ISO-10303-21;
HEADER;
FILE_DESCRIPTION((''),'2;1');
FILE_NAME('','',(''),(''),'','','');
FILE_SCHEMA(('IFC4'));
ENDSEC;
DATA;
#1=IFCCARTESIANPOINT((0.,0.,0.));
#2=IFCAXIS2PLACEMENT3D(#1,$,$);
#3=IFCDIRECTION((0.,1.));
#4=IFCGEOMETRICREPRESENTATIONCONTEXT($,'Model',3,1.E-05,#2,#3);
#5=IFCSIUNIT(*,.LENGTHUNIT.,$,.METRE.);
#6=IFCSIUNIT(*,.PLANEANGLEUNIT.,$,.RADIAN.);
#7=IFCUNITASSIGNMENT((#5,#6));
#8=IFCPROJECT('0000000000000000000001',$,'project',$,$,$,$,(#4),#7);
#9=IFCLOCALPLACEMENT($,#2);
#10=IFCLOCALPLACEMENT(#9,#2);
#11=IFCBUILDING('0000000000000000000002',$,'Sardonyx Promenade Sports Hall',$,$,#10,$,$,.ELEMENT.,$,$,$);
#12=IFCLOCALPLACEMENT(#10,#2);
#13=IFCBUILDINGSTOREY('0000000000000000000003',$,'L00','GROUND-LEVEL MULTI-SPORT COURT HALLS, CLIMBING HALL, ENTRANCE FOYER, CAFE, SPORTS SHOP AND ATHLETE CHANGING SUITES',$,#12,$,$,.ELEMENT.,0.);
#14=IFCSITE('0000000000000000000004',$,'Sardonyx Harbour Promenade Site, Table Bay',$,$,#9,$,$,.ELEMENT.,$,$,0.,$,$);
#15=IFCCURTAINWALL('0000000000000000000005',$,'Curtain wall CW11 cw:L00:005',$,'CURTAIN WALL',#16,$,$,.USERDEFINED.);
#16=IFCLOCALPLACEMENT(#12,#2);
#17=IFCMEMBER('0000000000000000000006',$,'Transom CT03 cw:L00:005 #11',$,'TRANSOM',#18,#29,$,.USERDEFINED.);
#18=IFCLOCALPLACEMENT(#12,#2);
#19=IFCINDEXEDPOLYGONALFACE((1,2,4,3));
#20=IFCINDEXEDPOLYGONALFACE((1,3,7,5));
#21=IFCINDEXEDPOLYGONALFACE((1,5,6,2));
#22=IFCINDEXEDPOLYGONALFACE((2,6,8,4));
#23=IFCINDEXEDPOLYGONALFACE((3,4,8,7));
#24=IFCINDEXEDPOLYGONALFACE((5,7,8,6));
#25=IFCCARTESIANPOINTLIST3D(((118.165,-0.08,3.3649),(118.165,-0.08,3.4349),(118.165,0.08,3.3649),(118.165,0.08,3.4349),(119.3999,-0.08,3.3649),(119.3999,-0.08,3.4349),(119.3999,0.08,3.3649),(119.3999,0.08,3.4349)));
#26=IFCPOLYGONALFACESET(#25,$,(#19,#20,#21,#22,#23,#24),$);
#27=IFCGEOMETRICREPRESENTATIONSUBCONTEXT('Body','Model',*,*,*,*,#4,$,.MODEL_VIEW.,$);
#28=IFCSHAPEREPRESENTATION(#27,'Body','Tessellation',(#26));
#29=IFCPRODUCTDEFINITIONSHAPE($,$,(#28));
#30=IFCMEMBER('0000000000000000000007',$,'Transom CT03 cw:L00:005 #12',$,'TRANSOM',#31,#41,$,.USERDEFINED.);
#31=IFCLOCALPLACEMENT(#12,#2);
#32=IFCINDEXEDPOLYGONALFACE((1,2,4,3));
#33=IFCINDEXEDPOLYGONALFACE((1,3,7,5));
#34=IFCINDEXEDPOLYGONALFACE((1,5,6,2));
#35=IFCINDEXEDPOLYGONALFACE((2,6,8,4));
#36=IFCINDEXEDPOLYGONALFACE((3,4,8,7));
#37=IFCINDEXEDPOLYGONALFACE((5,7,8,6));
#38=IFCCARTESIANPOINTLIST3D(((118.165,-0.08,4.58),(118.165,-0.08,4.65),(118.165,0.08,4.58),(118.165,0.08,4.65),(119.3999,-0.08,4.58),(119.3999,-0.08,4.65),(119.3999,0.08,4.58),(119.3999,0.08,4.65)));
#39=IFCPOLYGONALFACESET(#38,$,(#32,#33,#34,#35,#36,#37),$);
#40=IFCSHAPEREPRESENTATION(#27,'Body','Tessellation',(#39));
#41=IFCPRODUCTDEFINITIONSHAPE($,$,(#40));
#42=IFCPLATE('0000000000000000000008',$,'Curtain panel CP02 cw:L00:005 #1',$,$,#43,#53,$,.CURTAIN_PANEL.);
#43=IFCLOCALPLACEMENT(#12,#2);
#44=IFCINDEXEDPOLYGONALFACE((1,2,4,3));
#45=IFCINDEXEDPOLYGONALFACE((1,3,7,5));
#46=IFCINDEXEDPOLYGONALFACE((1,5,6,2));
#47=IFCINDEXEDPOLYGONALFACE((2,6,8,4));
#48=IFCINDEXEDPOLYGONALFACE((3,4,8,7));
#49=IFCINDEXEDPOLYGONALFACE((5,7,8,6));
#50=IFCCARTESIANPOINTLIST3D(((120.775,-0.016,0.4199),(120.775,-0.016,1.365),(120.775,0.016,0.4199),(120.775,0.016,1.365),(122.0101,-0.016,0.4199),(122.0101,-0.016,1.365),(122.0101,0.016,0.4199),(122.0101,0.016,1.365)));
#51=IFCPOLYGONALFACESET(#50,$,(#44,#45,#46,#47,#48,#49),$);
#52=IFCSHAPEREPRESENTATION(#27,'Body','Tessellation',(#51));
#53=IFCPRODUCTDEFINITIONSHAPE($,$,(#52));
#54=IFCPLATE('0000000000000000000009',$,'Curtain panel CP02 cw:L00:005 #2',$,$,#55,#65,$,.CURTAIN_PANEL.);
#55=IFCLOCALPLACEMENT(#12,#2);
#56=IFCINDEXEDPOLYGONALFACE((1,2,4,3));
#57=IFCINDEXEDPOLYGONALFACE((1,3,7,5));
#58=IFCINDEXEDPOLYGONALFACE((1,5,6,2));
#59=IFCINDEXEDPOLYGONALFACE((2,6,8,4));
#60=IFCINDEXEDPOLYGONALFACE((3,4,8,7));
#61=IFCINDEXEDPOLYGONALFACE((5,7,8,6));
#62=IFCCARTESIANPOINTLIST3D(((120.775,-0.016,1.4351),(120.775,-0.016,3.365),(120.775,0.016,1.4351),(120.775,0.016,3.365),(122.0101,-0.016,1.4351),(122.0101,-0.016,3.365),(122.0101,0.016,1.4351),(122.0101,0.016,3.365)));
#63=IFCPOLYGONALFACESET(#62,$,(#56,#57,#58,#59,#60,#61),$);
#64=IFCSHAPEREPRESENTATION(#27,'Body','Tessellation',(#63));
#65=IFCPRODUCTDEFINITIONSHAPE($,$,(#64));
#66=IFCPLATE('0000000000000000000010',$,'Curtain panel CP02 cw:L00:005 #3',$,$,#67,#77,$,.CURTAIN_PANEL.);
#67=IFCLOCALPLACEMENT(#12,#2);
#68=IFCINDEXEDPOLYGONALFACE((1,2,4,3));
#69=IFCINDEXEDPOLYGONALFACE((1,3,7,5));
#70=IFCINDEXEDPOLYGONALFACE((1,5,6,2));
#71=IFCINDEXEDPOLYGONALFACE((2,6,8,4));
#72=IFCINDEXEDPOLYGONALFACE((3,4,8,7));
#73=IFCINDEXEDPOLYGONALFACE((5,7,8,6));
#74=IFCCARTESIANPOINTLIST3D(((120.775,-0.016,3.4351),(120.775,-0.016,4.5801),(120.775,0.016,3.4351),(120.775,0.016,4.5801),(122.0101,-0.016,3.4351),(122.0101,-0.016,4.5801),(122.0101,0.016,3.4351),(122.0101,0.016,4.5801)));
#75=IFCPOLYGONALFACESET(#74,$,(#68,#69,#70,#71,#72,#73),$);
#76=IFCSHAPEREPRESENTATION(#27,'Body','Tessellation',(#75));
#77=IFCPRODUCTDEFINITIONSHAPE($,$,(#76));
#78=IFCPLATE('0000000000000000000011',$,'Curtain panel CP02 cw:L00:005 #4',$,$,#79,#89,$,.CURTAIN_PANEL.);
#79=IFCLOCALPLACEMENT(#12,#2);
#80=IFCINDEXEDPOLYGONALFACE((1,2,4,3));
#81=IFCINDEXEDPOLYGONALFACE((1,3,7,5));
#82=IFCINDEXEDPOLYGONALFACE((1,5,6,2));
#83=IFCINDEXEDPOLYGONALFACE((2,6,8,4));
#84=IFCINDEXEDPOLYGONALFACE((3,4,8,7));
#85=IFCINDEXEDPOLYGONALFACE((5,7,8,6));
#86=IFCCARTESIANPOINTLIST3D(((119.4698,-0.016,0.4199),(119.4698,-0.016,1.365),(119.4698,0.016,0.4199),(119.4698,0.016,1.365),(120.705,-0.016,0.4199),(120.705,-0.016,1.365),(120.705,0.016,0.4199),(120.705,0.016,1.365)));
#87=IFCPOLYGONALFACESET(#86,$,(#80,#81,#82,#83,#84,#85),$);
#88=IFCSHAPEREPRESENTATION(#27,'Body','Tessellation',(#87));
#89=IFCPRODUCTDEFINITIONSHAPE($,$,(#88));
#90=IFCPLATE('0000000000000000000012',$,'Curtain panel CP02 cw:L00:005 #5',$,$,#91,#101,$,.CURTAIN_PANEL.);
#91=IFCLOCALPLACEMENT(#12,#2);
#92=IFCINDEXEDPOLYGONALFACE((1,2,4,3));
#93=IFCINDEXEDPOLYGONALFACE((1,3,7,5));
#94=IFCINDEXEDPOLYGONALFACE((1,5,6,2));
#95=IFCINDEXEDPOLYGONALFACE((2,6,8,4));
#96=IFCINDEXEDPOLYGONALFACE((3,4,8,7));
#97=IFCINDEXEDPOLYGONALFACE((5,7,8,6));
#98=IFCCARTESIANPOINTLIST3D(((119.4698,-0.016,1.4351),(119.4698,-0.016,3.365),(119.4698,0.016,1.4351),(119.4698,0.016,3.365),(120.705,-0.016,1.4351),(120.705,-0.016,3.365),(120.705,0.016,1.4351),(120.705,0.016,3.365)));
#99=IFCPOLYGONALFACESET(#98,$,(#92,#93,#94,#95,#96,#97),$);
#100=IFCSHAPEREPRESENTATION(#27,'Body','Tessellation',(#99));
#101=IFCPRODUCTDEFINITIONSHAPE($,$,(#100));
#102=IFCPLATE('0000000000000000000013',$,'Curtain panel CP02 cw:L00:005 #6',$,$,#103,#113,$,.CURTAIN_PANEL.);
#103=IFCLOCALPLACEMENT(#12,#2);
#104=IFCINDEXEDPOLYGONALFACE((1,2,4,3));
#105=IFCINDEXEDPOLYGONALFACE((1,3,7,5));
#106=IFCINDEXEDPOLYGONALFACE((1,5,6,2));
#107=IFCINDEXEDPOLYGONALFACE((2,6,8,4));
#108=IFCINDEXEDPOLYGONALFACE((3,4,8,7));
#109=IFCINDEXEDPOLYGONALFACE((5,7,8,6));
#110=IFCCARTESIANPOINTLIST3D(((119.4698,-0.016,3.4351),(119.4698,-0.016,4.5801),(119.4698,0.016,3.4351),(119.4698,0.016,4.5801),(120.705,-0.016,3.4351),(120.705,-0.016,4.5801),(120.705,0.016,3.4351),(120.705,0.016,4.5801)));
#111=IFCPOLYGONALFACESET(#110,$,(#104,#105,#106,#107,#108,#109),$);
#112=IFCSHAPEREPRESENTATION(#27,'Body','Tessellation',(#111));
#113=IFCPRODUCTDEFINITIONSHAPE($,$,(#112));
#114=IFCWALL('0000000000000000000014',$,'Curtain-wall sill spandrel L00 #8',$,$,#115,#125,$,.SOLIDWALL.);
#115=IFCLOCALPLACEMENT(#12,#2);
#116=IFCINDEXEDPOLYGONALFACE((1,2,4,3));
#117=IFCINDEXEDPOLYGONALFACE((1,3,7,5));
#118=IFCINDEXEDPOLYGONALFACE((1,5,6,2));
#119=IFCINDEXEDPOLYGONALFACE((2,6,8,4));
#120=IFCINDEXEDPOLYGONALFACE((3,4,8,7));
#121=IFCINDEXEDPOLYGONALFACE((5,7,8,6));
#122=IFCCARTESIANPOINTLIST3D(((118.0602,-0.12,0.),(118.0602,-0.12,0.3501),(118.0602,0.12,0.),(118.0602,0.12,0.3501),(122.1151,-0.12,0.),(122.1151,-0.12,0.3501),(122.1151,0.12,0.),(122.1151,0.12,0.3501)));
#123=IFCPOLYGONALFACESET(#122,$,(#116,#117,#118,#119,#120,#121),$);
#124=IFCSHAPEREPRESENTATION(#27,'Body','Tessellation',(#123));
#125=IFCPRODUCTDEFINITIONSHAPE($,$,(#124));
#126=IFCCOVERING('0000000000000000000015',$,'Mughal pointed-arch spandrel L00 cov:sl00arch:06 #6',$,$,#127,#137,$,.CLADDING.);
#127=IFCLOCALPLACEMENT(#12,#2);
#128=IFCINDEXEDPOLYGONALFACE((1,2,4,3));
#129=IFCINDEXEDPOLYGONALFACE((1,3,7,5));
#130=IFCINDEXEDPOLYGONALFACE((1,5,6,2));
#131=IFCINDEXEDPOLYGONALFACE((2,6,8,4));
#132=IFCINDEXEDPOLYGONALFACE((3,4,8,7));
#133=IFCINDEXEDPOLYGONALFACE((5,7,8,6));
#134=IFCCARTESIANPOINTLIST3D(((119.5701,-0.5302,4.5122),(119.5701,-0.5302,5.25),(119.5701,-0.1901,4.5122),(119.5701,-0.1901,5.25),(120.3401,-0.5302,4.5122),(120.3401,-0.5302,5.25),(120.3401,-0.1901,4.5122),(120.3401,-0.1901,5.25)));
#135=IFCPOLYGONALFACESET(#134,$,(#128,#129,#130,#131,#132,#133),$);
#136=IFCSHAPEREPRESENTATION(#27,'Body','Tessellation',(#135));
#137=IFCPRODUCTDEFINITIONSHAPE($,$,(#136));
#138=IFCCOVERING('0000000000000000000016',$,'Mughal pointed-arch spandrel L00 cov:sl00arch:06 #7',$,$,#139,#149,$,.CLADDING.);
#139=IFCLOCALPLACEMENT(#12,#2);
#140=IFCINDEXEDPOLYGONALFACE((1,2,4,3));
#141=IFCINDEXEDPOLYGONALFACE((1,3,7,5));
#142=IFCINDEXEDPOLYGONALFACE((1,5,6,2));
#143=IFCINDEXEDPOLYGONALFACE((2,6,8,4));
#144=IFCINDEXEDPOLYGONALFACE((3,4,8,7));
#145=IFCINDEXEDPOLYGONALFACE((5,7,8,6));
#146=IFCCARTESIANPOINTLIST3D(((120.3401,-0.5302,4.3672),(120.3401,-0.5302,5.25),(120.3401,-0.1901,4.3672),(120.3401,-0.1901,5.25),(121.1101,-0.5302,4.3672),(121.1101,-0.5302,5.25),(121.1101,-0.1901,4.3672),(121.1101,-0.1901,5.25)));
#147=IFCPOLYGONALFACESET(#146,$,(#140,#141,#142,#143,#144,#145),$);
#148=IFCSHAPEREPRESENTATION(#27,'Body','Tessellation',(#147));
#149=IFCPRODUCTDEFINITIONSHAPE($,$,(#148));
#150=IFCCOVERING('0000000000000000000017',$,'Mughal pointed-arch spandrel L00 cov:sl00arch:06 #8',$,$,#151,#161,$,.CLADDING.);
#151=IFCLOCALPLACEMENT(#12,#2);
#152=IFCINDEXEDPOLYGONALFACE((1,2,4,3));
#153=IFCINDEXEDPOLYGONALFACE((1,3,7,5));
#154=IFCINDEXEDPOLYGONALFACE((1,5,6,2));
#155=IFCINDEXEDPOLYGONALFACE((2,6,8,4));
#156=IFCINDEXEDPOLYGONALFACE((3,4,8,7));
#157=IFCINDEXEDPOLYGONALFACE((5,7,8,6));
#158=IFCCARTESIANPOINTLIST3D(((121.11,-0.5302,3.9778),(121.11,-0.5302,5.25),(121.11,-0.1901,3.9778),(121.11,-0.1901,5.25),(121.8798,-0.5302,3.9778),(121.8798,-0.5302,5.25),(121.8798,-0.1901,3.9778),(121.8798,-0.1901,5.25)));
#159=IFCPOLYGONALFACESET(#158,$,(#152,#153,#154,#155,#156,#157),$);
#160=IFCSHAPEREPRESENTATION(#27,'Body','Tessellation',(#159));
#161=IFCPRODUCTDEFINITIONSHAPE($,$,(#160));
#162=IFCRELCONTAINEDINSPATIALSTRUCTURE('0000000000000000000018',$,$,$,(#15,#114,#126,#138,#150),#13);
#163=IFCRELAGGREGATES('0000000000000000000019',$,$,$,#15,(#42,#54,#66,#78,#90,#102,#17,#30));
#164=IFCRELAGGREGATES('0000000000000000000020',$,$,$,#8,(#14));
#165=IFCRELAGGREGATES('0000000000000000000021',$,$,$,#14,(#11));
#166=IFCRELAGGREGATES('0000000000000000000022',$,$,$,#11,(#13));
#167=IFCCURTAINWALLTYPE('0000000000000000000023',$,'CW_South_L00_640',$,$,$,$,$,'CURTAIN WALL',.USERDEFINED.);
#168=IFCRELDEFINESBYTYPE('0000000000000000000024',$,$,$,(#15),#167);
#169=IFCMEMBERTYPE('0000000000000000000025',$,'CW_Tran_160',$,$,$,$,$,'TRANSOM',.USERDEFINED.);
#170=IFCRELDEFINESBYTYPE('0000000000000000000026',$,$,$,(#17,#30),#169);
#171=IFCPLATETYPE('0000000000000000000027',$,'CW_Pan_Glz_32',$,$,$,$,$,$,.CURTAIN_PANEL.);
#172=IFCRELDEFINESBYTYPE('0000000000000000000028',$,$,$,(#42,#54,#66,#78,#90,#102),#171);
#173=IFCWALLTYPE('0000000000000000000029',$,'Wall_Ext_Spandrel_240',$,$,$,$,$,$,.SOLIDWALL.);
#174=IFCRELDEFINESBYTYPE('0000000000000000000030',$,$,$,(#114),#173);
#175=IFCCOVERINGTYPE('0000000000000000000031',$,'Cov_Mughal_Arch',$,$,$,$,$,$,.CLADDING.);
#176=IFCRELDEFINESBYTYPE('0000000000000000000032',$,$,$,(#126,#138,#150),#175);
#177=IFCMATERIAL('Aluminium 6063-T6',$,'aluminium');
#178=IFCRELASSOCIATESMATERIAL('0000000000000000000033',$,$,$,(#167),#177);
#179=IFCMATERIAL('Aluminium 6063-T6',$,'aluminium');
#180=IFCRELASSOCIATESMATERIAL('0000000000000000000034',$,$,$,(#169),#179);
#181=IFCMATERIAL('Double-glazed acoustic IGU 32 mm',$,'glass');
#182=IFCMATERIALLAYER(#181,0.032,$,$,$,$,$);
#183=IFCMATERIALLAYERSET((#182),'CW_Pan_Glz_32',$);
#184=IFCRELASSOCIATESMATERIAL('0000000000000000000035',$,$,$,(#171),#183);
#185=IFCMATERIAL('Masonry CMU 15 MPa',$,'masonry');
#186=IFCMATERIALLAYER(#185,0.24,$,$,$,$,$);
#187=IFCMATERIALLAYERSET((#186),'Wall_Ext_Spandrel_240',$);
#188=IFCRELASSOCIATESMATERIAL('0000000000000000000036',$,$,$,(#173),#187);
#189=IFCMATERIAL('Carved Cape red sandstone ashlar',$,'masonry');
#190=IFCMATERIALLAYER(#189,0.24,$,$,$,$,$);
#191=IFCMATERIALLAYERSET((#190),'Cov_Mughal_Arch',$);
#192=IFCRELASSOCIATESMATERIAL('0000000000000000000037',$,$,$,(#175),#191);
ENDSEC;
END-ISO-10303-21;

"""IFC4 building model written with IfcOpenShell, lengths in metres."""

from ifc_helpers import new_model, si_unit, direction, frame, frame_2d, origin, origin_2d, place, context, subcontext, project, spatial, rectangle, extrude, material, layer, layer_set, material_profile, profile_set, type_object, element, aggregate, save


model = new_model("IFC4")

# Units and contexts
model_context = context("Model", 3, precision=1e-05, world=origin(), true_north=direction((0.0, 1.0)))
body_context = subcontext(model_context, "Body", "Model", "MODEL_VIEW")
ifc_project = project(units=[si_unit("LENGTHUNIT", "METRE"), si_unit("PLANEANGLEUNIT", "RADIAN")], contexts=[model_context])

# Site, building, storey
site_placement = place(None, origin())
site = spatial("IfcSite", under=ifc_project, at=site_placement, Name="Sardonyx Harbour Promenade Site, Table Bay", CompositionType="ELEMENT", RefElevation=0.0)
building_placement = place(site_placement, origin())
building = spatial("IfcBuilding", under=site, at=building_placement, Name="Sardonyx Promenade Sports Hall", CompositionType="ELEMENT")
storey_placement = place(building_placement, origin())
storey = spatial("IfcBuildingStorey", under=building, at=storey_placement, Name="L00", Description="GROUND-LEVEL MULTI-SPORT COURT HALLS, CLIMBING HALL, ENTRANCE FOYER, CAFE, SPORTS SHOP AND ATHLETE CHANGING SUITES", CompositionType="ELEMENT", Elevation=0.0)

# Curtain wall, members, plates
ifc_material_1 = material(Name="Aluminium 6063-T6", Category="aluminium")
curtain_wall_type = type_object("IfcCurtainWallType", Name="CW_South_L00_640", ElementType="CURTAIN WALL", PredefinedType="USERDEFINED", material=ifc_material_1)
curtain_wall_placement = place(storey_placement, origin())
curtain_wall = element("IfcCurtainWall", 1, at=curtain_wall_placement, inside=storey, type_object=curtain_wall_type, Name="Curtain wall CW11 cw:L00:005", ObjectType="CURTAIN WALL", PredefinedType="USERDEFINED")
ifc_material_2 = material(Name="Aluminium 6063-T6", Category="aluminium")
ifc_material_profile_1 = material_profile(ifc_material_2, rectangle(XDim=0.0701, YDim=0.1599, at=origin_2d()))
ifc_profile_set_1 = profile_set([ifc_material_profile_1], Name="Aluminium 6063-T6")
member_type_1 = type_object("IfcMemberType", Name="CW_Tran_160", ElementType="TRANSOM", PredefinedType="USERDEFINED", material=ifc_profile_set_1)
member_1_placement = place(storey_placement, frame((119.3999, 0.0, 3.3999), z_axis=(-1.0, 0.0, 0.0), x_axis=(0.0, 0.0, 1.0)))
member_1 = element("IfcMember", 2, at=member_1_placement, type_object=member_type_1, Name="Transom CT03 cw:L00:005 #11", ObjectType="TRANSOM", PredefinedType="USERDEFINED", context=body_context, shape_type="SweptSolid", body=[
    extrude(rectangle(XDim=0.0701, YDim=0.1599, at=origin_2d()), origin(), (0.0, 0.0, 1.0), 1.2349),
])
member_2_placement = place(storey_placement, frame((119.3999, 0.0, 4.615), z_axis=(-1.0, 0.0, 0.0), x_axis=(0.0, 0.0, 1.0)))
member_2 = element("IfcMember", 3, at=member_2_placement, type_object=member_type_1, Name="Transom CT03 cw:L00:005 #12", ObjectType="TRANSOM", PredefinedType="USERDEFINED", context=body_context, shape_type="SweptSolid", body=[
    extrude(rectangle(XDim=0.0701, YDim=0.1599, at=origin_2d()), origin(), (0.0, 0.0, 1.0), 1.2349),
])
ifc_material_3 = material(Name="Double-glazed acoustic IGU 32 mm", Category="glass")
ifc_layer_1 = layer(ifc_material_3, 0.032)
ifc_layer_set_1 = layer_set([ifc_layer_1], Name="CW_Pan_Glz_32")
plate_type = type_object("IfcPlateType", Name="CW_Pan_Glz_32", PredefinedType="CURTAIN_PANEL", material=ifc_layer_set_1)
plate_1_placement = place(storey_placement, frame((121.3926, 0.0, 0.4199), z_axis=(0.0, 0.0, 1.0), x_axis=(-1.0, 0.0, 0.0)))
plate_1 = element("IfcPlate", 4, at=plate_1_placement, type_object=plate_type, Name="Curtain panel CP02 cw:L00:005 #1", PredefinedType="CURTAIN_PANEL", context=body_context, shape_type="SweptSolid", body=[
    extrude(rectangle(XDim=1.2351, YDim=0.032, at=origin_2d()), origin(), (0.0, 0.0, 1.0), 0.9451),
])
plate_2_placement = place(storey_placement, frame((121.3926, 0.0, 1.4351), z_axis=(0.0, 0.0, 1.0), x_axis=(-1.0, 0.0, 0.0)))
plate_2 = element("IfcPlate", 5, at=plate_2_placement, type_object=plate_type, Name="Curtain panel CP02 cw:L00:005 #2", PredefinedType="CURTAIN_PANEL", context=body_context, shape_type="SweptSolid", body=[
    extrude(rectangle(XDim=1.2351, YDim=0.032, at=origin_2d()), origin(), (0.0, 0.0, 1.0), 1.9299),
])
plate_3_placement = place(storey_placement, frame((121.3926, 0.0, 3.4351), z_axis=(0.0, 0.0, 1.0), x_axis=(-1.0, 0.0, 0.0)))
plate_3 = element("IfcPlate", 6, at=plate_3_placement, type_object=plate_type, Name="Curtain panel CP02 cw:L00:005 #3", PredefinedType="CURTAIN_PANEL", context=body_context, shape_type="SweptSolid", body=[
    extrude(rectangle(XDim=1.2351, YDim=0.032, at=origin_2d()), origin(), (0.0, 0.0, 1.0), 1.145),
])
plate_4_placement = place(storey_placement, frame((120.0874, 0.0, 0.4199), z_axis=(0.0, 0.0, 1.0), x_axis=(-1.0, 0.0, 0.0)))
plate_4 = element("IfcPlate", 7, at=plate_4_placement, type_object=plate_type, Name="Curtain panel CP02 cw:L00:005 #4", PredefinedType="CURTAIN_PANEL", context=body_context, shape_type="SweptSolid", body=[
    extrude(rectangle(XDim=1.2351, YDim=0.032, at=origin_2d()), origin(), (0.0, 0.0, 1.0), 0.9451),
])
plate_5_placement = place(storey_placement, frame((120.0874, 0.0, 1.4351), z_axis=(0.0, 0.0, 1.0), x_axis=(-1.0, 0.0, 0.0)))
plate_5 = element("IfcPlate", 8, at=plate_5_placement, type_object=plate_type, Name="Curtain panel CP02 cw:L00:005 #5", PredefinedType="CURTAIN_PANEL", context=body_context, shape_type="SweptSolid", body=[
    extrude(rectangle(XDim=1.2351, YDim=0.032, at=origin_2d()), origin(), (0.0, 0.0, 1.0), 1.9299),
])
plate_6_placement = place(storey_placement, frame((120.0874, 0.0, 3.4351), z_axis=(0.0, 0.0, 1.0), x_axis=(-1.0, 0.0, 0.0)))
plate_6 = element("IfcPlate", 9, at=plate_6_placement, type_object=plate_type, Name="Curtain panel CP02 cw:L00:005 #6", PredefinedType="CURTAIN_PANEL", context=body_context, shape_type="SweptSolid", body=[
    extrude(rectangle(XDim=1.2351, YDim=0.032, at=origin_2d()), origin(), (0.0, 0.0, 1.0), 1.145),
])
aggregate(curtain_wall, [plate_1, plate_2, plate_3, plate_4, plate_5, plate_6, member_1, member_2])

# Wall
ifc_material_4 = material(Name="Masonry CMU 15 MPa", Category="masonry")
ifc_layer_2 = layer(ifc_material_4, 0.24)
ifc_layer_set_2 = layer_set([ifc_layer_2], Name="Wall_Ext_Spandrel_240")
wall_type = type_object("IfcWallType", Name="Wall_Ext_Spandrel_240", PredefinedType="SOLIDWALL", material=ifc_layer_set_2)
wall_placement = place(storey_placement, frame((122.115, 0.0, 0.0), z_axis=(0.0, 0.0, 1.0), x_axis=(-1.0, 0.0, 0.0)))
element("IfcWall", 10, at=wall_placement, inside=storey, type_object=wall_type, Name="Curtain-wall sill spandrel L00 #8", PredefinedType="SOLIDWALL", context=body_context, shape_type="SweptSolid", body=[
    extrude(rectangle(XDim=4.0549, YDim=0.24, at=frame_2d((2.0273, 0.0))), origin(), (0.0, 0.0, 1.0), 0.3501),
])

# Coverings
ifc_material_5 = material(Name="Carved Cape red sandstone ashlar", Category="masonry")
ifc_layer_3 = layer(ifc_material_5, 0.24)
ifc_layer_set_3 = layer_set([ifc_layer_3], Name="Cov_Mughal_Arch")
covering_type = type_object("IfcCoveringType", Name="Cov_Mughal_Arch", PredefinedType="CLADDING", material=ifc_layer_set_3)
covering_1_placement = place(storey_placement, frame((119.5701, -0.3601, 4.5122), z_axis=(0.0, 0.0, 1.0), x_axis=(1.0, 0.0, 0.0)))
element("IfcCovering", 11, at=covering_1_placement, inside=storey, type_object=covering_type, Name="Mughal pointed-arch spandrel L00 cov:sl00arch:06 #6", PredefinedType="CLADDING", context=body_context, shape_type="SweptSolid", body=[
    extrude(rectangle(XDim=0.77, YDim=0.3401, at=frame_2d((0.385, 0.0))), origin(), (0.0, 0.0, 1.0), 0.7378),
])
covering_2_placement = place(storey_placement, frame((120.3401, -0.3601, 4.3672), z_axis=(0.0, 0.0, 1.0), x_axis=(1.0, 0.0, 0.0)))
element("IfcCovering", 12, at=covering_2_placement, inside=storey, type_object=covering_type, Name="Mughal pointed-arch spandrel L00 cov:sl00arch:06 #7", PredefinedType="CLADDING", context=body_context, shape_type="SweptSolid", body=[
    extrude(rectangle(XDim=0.77, YDim=0.3401, at=frame_2d((0.385, 0.0))), origin(), (0.0, 0.0, 1.0), 0.8828),
])
covering_3_placement = place(storey_placement, frame((121.1101, -0.3601, 3.9778), z_axis=(0.0, 0.0, 1.0), x_axis=(1.0, 0.0, 0.0)))
element("IfcCovering", 13, at=covering_3_placement, inside=storey, type_object=covering_type, Name="Mughal pointed-arch spandrel L00 cov:sl00arch:06 #8", PredefinedType="CLADDING", context=body_context, shape_type="SweptSolid", body=[
    extrude(rectangle(XDim=0.7698, YDim=0.3401, at=frame_2d((0.3848, 0.0))), origin(), (0.0, 0.0, 1.0), 1.2722),
])

save(model, "model.ifc")
